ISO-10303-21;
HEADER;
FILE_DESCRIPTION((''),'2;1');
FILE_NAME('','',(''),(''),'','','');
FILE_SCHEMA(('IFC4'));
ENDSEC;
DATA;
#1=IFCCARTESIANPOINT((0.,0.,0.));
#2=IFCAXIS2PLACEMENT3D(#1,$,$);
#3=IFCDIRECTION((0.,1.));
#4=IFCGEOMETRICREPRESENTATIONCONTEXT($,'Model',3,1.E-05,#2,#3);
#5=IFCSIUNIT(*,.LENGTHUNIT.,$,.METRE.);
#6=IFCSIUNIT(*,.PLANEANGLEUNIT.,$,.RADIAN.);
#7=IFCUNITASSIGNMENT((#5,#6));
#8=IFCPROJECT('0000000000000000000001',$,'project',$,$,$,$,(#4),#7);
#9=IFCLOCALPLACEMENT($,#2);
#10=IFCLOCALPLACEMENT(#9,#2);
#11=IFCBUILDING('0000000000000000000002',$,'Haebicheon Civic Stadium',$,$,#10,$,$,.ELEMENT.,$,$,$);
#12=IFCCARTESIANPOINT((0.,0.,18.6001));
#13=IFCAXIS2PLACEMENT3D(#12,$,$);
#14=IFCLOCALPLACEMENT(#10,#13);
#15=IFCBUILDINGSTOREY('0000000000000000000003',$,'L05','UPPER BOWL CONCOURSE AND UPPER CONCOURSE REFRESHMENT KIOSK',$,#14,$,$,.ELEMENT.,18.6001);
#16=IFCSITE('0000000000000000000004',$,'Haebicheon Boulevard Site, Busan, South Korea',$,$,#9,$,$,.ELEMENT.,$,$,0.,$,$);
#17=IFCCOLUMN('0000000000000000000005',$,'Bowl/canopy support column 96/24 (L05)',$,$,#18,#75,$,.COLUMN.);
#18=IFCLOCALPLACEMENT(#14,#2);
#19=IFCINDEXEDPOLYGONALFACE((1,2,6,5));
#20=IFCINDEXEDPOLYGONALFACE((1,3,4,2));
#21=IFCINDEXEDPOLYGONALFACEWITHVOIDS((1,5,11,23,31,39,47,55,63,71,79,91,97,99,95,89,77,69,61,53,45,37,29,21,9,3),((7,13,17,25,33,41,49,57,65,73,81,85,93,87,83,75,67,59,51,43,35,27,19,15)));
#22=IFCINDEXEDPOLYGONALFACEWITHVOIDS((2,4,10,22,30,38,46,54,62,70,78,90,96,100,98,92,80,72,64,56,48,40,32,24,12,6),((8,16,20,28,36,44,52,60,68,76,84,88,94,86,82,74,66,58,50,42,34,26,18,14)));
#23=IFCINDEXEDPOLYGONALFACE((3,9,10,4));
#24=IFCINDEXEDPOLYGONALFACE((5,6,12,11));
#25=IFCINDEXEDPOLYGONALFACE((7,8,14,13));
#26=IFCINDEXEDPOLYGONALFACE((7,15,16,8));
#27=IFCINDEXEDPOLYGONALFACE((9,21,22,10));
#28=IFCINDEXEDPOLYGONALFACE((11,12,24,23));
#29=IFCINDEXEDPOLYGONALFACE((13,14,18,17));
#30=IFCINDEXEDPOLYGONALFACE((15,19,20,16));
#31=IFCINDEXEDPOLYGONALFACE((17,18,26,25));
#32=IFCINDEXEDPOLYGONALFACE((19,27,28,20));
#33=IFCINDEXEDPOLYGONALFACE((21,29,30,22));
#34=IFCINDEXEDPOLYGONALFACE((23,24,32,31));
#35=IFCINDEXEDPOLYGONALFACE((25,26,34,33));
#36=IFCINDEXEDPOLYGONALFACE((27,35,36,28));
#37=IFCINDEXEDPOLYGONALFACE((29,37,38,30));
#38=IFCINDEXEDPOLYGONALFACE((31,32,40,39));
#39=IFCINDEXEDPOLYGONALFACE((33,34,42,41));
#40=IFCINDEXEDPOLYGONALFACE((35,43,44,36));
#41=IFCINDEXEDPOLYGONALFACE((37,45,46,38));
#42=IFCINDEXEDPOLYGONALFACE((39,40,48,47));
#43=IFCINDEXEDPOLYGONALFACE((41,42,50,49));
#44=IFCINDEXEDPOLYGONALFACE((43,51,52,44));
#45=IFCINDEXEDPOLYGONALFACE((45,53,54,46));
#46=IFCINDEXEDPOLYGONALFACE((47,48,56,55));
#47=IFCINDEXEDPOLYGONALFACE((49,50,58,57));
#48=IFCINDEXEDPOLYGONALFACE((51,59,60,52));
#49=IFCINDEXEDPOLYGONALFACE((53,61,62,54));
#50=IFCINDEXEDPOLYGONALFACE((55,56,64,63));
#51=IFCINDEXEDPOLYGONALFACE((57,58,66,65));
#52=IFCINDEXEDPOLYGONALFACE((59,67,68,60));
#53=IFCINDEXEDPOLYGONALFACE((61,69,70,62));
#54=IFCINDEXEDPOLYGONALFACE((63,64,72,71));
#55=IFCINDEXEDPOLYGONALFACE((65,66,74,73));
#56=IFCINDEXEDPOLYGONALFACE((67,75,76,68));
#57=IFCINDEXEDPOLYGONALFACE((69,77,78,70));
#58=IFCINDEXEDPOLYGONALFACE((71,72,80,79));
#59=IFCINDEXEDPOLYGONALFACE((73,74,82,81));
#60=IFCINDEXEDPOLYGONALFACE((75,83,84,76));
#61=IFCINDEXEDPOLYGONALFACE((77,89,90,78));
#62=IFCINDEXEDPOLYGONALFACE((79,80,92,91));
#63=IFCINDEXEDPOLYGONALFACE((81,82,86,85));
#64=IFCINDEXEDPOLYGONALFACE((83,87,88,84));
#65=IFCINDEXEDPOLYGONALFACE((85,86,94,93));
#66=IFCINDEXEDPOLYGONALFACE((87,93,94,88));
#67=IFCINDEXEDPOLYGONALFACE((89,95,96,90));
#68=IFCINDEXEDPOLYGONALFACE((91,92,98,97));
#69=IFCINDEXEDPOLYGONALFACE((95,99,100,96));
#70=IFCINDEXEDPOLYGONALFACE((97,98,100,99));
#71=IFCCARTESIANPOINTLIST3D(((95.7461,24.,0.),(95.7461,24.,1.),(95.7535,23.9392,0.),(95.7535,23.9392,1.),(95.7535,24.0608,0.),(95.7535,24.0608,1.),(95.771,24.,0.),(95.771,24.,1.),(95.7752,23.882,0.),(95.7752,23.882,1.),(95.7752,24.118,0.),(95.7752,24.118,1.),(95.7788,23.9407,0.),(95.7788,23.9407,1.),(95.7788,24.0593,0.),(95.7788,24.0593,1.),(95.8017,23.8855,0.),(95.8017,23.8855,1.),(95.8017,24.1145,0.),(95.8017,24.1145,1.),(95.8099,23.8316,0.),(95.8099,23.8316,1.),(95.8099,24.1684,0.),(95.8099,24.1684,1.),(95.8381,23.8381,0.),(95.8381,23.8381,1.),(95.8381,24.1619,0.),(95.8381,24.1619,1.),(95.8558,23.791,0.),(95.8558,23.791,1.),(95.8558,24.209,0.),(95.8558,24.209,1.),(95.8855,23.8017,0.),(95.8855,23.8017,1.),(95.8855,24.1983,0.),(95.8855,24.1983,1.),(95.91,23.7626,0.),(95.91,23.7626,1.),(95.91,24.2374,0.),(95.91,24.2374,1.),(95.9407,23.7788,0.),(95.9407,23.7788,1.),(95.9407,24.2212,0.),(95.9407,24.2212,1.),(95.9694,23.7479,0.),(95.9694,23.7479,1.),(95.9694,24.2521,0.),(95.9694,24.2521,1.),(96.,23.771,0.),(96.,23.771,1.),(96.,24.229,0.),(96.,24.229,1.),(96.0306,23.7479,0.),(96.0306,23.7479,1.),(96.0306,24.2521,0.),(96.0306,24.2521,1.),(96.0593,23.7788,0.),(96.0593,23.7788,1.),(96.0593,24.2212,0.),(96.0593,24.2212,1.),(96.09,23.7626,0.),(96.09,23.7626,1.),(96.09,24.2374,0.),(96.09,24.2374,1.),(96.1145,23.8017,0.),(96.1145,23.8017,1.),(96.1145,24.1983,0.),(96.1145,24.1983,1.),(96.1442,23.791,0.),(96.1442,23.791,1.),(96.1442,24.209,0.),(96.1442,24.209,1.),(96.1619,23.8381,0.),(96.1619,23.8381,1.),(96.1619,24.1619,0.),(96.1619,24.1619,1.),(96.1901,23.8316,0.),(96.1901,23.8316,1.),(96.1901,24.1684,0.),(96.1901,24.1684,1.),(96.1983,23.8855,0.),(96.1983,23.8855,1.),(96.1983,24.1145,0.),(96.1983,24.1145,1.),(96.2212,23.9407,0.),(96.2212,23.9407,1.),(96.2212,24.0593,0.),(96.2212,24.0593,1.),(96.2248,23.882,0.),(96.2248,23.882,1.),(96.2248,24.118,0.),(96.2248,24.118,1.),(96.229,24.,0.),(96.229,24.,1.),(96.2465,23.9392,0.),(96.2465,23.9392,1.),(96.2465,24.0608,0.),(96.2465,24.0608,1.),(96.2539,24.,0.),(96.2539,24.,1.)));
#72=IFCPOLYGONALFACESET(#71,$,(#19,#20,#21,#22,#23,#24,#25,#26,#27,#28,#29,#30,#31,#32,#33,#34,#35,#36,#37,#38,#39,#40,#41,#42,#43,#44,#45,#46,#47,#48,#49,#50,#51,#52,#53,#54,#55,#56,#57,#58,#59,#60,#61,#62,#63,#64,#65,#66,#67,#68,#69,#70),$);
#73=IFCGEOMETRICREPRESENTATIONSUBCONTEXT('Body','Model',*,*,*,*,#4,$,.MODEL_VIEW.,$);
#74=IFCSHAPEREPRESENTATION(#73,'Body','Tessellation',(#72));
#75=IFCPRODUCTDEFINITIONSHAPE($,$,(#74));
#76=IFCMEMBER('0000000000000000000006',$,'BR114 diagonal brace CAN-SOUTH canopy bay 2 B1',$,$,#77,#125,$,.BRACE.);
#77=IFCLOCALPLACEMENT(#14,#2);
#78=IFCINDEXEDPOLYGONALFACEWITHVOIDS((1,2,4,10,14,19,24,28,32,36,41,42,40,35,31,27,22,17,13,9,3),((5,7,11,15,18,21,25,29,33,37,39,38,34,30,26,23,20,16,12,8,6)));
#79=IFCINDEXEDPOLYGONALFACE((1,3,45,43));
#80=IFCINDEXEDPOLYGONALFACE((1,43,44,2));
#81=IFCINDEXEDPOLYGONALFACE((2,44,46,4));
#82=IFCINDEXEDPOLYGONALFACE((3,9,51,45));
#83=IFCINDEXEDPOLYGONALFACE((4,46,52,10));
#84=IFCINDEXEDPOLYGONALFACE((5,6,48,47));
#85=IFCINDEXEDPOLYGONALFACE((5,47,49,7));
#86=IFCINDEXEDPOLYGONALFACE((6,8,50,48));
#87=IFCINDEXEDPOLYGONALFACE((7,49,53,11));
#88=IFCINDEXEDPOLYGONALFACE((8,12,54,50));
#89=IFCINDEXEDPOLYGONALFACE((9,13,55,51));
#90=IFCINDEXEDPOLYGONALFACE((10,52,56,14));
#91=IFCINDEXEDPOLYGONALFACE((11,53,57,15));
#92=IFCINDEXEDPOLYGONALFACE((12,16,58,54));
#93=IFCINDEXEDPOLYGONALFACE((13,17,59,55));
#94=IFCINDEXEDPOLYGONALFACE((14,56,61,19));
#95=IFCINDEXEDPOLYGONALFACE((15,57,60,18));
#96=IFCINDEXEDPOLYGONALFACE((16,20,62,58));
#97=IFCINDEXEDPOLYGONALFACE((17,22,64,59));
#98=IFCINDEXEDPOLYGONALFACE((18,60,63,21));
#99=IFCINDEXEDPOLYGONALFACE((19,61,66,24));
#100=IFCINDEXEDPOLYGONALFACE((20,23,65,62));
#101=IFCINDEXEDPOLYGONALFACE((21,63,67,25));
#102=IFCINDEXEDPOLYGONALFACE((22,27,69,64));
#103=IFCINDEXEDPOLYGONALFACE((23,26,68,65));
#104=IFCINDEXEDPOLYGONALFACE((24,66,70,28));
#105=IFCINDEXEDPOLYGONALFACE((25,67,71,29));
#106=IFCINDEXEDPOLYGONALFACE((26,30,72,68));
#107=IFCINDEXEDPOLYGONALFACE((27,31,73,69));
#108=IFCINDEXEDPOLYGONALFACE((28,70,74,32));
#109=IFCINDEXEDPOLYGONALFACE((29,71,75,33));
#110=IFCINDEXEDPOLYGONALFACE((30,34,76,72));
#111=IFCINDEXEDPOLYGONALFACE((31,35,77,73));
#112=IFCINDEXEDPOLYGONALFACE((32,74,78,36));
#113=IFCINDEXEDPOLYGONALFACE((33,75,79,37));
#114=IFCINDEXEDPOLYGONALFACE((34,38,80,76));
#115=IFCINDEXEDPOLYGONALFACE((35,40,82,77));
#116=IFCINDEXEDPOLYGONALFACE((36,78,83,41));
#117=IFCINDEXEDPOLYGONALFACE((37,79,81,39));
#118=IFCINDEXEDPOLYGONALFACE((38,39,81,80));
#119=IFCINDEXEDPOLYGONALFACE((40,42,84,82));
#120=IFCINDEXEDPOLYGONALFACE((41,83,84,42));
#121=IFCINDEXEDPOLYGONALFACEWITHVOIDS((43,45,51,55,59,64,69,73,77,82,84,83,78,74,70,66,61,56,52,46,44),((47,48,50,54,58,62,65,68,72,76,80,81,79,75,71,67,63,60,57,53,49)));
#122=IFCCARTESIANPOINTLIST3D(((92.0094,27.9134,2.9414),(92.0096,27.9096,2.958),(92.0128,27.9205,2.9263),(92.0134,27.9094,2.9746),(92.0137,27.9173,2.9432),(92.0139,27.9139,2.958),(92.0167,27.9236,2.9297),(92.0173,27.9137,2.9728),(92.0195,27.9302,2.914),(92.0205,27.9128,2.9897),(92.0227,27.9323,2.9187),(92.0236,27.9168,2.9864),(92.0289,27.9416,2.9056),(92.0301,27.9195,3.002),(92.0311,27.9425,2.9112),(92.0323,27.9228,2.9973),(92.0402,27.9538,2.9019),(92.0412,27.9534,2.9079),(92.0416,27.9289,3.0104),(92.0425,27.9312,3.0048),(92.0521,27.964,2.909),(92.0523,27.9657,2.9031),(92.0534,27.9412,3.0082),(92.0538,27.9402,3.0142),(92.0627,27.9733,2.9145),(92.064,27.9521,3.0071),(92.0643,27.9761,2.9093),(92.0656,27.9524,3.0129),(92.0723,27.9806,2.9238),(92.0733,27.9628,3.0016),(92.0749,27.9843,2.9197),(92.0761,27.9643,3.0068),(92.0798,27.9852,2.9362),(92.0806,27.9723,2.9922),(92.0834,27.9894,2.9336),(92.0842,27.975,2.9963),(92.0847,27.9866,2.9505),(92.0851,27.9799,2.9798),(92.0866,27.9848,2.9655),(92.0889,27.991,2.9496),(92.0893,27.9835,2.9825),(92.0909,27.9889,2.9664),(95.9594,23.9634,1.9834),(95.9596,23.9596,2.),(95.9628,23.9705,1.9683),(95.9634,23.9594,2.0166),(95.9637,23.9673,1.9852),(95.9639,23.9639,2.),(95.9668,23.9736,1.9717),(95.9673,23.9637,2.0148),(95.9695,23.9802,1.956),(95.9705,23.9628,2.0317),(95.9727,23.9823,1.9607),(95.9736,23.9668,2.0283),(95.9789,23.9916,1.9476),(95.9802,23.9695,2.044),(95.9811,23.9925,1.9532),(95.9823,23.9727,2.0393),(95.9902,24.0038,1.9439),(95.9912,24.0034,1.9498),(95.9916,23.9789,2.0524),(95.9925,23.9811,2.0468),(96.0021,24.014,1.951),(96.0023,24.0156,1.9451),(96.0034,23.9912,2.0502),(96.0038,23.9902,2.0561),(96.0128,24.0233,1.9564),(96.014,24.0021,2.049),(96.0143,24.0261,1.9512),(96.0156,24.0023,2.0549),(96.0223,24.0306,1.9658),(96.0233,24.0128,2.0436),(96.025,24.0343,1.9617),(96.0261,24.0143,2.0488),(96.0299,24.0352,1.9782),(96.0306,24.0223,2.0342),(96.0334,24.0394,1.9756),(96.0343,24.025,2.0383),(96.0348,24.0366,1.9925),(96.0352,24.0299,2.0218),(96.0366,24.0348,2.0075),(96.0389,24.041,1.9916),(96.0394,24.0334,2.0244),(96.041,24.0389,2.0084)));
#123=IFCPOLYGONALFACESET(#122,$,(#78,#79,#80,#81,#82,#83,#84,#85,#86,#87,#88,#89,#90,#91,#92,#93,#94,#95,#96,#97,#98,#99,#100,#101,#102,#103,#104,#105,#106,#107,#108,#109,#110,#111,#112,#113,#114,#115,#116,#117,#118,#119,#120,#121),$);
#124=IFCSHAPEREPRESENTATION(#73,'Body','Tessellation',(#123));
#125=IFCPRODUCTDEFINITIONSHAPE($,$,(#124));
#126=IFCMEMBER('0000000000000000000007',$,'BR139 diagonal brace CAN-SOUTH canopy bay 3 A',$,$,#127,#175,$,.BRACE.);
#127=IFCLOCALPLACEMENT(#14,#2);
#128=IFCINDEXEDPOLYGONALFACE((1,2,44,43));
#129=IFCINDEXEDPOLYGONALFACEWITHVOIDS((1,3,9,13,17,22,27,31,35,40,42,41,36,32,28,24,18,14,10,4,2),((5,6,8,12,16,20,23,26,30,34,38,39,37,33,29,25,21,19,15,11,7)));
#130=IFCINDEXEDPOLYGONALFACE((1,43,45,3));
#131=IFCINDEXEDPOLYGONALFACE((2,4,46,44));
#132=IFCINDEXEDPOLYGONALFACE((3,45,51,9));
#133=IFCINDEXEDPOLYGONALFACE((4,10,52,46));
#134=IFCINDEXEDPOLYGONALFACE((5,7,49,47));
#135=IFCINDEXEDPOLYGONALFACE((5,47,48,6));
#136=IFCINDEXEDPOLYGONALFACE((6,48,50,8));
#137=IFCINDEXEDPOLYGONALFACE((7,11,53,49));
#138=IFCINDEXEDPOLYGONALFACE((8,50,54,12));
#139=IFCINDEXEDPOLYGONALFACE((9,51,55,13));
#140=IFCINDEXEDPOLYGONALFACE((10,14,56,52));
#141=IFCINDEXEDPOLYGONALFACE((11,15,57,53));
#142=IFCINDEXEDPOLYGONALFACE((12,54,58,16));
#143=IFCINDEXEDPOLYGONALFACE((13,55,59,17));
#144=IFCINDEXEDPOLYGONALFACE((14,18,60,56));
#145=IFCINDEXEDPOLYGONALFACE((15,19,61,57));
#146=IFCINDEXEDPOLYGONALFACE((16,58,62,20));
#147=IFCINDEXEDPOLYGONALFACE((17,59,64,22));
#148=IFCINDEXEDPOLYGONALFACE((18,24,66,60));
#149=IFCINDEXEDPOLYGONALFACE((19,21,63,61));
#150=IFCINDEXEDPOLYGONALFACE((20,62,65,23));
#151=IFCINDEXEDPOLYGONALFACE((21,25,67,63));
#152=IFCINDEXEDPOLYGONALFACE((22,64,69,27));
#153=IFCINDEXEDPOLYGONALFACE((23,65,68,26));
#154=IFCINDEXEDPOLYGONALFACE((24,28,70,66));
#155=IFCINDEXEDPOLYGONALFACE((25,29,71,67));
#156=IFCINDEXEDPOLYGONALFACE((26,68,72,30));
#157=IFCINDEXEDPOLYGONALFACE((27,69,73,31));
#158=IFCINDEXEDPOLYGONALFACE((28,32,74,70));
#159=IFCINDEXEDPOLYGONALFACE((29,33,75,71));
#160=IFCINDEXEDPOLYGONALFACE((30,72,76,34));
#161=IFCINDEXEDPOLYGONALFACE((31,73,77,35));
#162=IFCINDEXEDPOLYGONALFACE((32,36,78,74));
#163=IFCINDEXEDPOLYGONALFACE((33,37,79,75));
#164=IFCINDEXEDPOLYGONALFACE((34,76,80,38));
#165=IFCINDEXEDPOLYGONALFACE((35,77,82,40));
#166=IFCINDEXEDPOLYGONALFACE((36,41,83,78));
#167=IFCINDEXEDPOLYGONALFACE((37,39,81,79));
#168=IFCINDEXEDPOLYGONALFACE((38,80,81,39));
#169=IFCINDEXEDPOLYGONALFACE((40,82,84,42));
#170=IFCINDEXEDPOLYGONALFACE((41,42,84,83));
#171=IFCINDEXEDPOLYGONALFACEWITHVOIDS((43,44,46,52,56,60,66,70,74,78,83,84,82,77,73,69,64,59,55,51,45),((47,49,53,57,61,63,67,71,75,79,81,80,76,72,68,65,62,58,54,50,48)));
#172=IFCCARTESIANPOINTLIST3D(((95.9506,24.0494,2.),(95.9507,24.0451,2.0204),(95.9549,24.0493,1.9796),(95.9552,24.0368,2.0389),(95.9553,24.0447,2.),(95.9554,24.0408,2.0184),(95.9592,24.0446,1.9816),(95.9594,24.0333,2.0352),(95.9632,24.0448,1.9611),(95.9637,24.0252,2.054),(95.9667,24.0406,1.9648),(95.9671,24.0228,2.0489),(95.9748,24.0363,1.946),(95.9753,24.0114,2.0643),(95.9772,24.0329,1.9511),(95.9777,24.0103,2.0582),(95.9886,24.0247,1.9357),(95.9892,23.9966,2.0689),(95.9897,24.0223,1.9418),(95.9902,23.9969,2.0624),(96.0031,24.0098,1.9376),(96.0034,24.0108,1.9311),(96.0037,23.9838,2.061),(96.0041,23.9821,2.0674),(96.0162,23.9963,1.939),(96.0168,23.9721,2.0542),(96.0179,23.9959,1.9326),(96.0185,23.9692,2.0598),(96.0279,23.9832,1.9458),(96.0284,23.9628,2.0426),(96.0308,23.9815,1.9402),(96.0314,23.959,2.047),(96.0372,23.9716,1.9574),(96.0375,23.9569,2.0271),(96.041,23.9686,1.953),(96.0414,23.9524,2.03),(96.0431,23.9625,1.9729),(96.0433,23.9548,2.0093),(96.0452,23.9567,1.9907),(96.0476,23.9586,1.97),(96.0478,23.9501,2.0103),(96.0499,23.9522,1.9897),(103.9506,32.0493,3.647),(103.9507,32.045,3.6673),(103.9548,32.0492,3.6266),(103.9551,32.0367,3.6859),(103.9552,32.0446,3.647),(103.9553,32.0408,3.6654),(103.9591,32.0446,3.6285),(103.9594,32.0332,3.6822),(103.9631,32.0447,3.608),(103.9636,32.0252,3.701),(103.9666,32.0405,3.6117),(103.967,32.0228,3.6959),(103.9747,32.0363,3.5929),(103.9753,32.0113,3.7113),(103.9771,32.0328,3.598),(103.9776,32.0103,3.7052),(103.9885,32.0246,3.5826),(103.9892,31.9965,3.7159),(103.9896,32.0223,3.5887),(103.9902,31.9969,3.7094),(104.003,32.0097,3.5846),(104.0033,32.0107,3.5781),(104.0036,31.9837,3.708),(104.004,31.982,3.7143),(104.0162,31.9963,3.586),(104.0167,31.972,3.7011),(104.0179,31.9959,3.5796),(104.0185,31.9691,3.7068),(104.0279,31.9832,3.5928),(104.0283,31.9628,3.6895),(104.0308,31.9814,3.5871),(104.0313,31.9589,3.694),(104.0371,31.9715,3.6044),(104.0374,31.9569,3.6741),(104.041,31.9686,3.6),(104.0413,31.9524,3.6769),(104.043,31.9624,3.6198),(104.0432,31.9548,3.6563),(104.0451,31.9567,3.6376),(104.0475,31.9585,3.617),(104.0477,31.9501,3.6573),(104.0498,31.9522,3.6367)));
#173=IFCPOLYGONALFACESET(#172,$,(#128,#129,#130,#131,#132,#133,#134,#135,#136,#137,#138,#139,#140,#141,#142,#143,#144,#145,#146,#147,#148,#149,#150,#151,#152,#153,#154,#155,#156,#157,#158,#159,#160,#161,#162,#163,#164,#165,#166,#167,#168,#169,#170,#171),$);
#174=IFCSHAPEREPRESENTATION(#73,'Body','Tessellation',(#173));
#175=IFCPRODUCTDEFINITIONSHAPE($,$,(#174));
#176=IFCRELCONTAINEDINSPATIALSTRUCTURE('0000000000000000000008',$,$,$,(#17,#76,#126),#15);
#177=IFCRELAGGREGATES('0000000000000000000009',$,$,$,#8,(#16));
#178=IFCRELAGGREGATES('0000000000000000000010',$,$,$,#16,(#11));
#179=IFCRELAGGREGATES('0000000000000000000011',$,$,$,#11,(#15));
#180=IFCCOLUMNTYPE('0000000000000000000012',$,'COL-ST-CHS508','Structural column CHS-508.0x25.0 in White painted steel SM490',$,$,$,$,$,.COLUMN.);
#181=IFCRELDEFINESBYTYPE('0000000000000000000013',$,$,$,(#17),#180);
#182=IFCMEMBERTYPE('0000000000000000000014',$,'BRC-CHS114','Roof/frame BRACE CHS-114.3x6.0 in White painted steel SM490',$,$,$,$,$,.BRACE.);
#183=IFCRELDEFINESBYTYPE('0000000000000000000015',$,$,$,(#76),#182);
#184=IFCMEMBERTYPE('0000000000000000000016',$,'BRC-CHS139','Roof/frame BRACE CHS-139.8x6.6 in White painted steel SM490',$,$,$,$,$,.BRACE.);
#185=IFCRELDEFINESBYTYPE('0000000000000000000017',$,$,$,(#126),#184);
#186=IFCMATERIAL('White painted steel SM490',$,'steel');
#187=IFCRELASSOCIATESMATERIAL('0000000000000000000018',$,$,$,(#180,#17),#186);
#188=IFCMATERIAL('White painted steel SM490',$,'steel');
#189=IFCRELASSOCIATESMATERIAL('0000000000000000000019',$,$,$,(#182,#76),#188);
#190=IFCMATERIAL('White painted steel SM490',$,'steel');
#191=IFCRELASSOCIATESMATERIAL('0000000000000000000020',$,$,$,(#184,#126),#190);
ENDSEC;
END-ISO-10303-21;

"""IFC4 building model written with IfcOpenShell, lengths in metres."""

from ifc_helpers import new_model, si_unit, direction, frame, origin, origin_2d, place, context, subcontext, project, spatial, hollow_circle, extrude, material, material_profile, profile_set, type_object, element, save


model = new_model("IFC4")

# Units and contexts
model_context = context("Model", 3, precision=1e-05, world=origin(), true_north=direction((0.0, 1.0)))
body_context = subcontext(model_context, "Body", "Model", "MODEL_VIEW")
ifc_project = project(units=[si_unit("LENGTHUNIT", "METRE"), si_unit("PLANEANGLEUNIT", "RADIAN")], contexts=[model_context])

# Site, building, storey
site_placement = place(None, origin())
site = spatial("IfcSite", under=ifc_project, at=site_placement, Name="Haebicheon Boulevard Site, Busan, South Korea", CompositionType="ELEMENT", RefElevation=0.0)
building_placement = place(site_placement, origin())
building = spatial("IfcBuilding", under=site, at=building_placement, Name="Haebicheon Civic Stadium", CompositionType="ELEMENT")
storey_placement = place(building_placement, frame((0.0, 0.0, 18.6001)))
storey = spatial("IfcBuildingStorey", under=building, at=storey_placement, Name="L05", Description="UPPER BOWL CONCOURSE AND UPPER CONCOURSE REFRESHMENT KIOSK", CompositionType="ELEMENT", Elevation=18.6001)

# Column
ifc_material_1 = material(Name="White painted steel SM490", Category="steel")
ifc_material_profile_1 = material_profile(ifc_material_1, hollow_circle(Radius=0.2539, WallThickness=0.0249, at=origin_2d()), Name="CHS-508.0x25.0")
ifc_profile_set_1 = profile_set([ifc_material_profile_1], Name="White painted steel SM490")
column_type = type_object("IfcColumnType", Name="COL-ST-CHS508", Description="Structural column CHS-508.0x25.0 in White painted steel SM490", PredefinedType="COLUMN", material=ifc_profile_set_1)
column_placement = place(storey_placement, frame((96.0, 24.0, 0.0), z_axis=(0.0, 0.0, 1.0), x_axis=(1.0, 0.0, 0.0)))
element("IfcColumn", 1, at=column_placement, inside=storey, type_object=column_type, material=ifc_profile_set_1, Name="Bowl/canopy support column 96/24 (L05)", PredefinedType="COLUMN", context=body_context, shape_type="SweptSolid", body=[
    extrude(hollow_circle(Radius=0.2539, WallThickness=0.0249, at=origin_2d()), origin(), (0.0, 0.0, 1.0), 1.0),
])

# Members
ifc_material_2 = material(Name="White painted steel SM490", Category="steel")
ifc_material_profile_2 = material_profile(ifc_material_2, hollow_circle(Radius=0.0571, WallThickness=0.0061, at=origin_2d()), Name="CHS-114.3x6.0")
ifc_profile_set_2 = profile_set([ifc_material_profile_2], Name="White painted steel SM490")
member_type_1 = type_object("IfcMemberType", Name="BRC-CHS114", Description="Roof/frame BRACE CHS-114.3x6.0 in White painted steel SM490", PredefinedType="BRACE", material=ifc_profile_set_2)
member_1_placement = place(storey_placement, frame((96.0, 24.0, 2.0), z_axis=(-0.696932, 0.696932, 0.169032), x_axis=(-0.707107, -0.707107, 0.0)))
element("IfcMember", 2, at=member_1_placement, inside=storey, type_object=member_type_1, material=ifc_profile_set_2, Name="BR114 diagonal brace CAN-SOUTH canopy bay 2 B1", PredefinedType="BRACE", context=body_context, shape_type="SweptSolid", body=[
    extrude(hollow_circle(Radius=0.0571, WallThickness=0.0061, at=origin_2d()), origin(), (0.0, 0.0, 1.0), 5.6677),
])
ifc_material_3 = material(Name="White painted steel SM490", Category="steel")
ifc_material_profile_3 = material_profile(ifc_material_3, hollow_circle(Radius=0.0698, WallThickness=0.0066, at=origin_2d()), Name="CHS-139.8x6.6")
ifc_profile_set_3 = profile_set([ifc_material_profile_3], Name="White painted steel SM490")
member_type_2 = type_object("IfcMemberType", Name="BRC-CHS139", Description="Roof/frame BRACE CHS-139.8x6.6 in White painted steel SM490", PredefinedType="BRACE", material=ifc_profile_set_3)
member_2_placement = place(storey_placement, frame((96.0, 24.0, 2.0), z_axis=(0.699731, 0.699731, 0.144055), x_axis=(-0.707107, 0.707107, 0.0)))
element("IfcMember", 3, at=member_2_placement, inside=storey, type_object=member_type_2, material=ifc_profile_set_3, Name="BR139 diagonal brace CAN-SOUTH canopy bay 3 A", PredefinedType="BRACE", context=body_context, shape_type="SweptSolid", body=[
    extrude(hollow_circle(Radius=0.0698, WallThickness=0.0066, at=origin_2d()), origin(), (0.0, 0.0, 1.0), 11.4329),
])

save(model, "model.ifc")
